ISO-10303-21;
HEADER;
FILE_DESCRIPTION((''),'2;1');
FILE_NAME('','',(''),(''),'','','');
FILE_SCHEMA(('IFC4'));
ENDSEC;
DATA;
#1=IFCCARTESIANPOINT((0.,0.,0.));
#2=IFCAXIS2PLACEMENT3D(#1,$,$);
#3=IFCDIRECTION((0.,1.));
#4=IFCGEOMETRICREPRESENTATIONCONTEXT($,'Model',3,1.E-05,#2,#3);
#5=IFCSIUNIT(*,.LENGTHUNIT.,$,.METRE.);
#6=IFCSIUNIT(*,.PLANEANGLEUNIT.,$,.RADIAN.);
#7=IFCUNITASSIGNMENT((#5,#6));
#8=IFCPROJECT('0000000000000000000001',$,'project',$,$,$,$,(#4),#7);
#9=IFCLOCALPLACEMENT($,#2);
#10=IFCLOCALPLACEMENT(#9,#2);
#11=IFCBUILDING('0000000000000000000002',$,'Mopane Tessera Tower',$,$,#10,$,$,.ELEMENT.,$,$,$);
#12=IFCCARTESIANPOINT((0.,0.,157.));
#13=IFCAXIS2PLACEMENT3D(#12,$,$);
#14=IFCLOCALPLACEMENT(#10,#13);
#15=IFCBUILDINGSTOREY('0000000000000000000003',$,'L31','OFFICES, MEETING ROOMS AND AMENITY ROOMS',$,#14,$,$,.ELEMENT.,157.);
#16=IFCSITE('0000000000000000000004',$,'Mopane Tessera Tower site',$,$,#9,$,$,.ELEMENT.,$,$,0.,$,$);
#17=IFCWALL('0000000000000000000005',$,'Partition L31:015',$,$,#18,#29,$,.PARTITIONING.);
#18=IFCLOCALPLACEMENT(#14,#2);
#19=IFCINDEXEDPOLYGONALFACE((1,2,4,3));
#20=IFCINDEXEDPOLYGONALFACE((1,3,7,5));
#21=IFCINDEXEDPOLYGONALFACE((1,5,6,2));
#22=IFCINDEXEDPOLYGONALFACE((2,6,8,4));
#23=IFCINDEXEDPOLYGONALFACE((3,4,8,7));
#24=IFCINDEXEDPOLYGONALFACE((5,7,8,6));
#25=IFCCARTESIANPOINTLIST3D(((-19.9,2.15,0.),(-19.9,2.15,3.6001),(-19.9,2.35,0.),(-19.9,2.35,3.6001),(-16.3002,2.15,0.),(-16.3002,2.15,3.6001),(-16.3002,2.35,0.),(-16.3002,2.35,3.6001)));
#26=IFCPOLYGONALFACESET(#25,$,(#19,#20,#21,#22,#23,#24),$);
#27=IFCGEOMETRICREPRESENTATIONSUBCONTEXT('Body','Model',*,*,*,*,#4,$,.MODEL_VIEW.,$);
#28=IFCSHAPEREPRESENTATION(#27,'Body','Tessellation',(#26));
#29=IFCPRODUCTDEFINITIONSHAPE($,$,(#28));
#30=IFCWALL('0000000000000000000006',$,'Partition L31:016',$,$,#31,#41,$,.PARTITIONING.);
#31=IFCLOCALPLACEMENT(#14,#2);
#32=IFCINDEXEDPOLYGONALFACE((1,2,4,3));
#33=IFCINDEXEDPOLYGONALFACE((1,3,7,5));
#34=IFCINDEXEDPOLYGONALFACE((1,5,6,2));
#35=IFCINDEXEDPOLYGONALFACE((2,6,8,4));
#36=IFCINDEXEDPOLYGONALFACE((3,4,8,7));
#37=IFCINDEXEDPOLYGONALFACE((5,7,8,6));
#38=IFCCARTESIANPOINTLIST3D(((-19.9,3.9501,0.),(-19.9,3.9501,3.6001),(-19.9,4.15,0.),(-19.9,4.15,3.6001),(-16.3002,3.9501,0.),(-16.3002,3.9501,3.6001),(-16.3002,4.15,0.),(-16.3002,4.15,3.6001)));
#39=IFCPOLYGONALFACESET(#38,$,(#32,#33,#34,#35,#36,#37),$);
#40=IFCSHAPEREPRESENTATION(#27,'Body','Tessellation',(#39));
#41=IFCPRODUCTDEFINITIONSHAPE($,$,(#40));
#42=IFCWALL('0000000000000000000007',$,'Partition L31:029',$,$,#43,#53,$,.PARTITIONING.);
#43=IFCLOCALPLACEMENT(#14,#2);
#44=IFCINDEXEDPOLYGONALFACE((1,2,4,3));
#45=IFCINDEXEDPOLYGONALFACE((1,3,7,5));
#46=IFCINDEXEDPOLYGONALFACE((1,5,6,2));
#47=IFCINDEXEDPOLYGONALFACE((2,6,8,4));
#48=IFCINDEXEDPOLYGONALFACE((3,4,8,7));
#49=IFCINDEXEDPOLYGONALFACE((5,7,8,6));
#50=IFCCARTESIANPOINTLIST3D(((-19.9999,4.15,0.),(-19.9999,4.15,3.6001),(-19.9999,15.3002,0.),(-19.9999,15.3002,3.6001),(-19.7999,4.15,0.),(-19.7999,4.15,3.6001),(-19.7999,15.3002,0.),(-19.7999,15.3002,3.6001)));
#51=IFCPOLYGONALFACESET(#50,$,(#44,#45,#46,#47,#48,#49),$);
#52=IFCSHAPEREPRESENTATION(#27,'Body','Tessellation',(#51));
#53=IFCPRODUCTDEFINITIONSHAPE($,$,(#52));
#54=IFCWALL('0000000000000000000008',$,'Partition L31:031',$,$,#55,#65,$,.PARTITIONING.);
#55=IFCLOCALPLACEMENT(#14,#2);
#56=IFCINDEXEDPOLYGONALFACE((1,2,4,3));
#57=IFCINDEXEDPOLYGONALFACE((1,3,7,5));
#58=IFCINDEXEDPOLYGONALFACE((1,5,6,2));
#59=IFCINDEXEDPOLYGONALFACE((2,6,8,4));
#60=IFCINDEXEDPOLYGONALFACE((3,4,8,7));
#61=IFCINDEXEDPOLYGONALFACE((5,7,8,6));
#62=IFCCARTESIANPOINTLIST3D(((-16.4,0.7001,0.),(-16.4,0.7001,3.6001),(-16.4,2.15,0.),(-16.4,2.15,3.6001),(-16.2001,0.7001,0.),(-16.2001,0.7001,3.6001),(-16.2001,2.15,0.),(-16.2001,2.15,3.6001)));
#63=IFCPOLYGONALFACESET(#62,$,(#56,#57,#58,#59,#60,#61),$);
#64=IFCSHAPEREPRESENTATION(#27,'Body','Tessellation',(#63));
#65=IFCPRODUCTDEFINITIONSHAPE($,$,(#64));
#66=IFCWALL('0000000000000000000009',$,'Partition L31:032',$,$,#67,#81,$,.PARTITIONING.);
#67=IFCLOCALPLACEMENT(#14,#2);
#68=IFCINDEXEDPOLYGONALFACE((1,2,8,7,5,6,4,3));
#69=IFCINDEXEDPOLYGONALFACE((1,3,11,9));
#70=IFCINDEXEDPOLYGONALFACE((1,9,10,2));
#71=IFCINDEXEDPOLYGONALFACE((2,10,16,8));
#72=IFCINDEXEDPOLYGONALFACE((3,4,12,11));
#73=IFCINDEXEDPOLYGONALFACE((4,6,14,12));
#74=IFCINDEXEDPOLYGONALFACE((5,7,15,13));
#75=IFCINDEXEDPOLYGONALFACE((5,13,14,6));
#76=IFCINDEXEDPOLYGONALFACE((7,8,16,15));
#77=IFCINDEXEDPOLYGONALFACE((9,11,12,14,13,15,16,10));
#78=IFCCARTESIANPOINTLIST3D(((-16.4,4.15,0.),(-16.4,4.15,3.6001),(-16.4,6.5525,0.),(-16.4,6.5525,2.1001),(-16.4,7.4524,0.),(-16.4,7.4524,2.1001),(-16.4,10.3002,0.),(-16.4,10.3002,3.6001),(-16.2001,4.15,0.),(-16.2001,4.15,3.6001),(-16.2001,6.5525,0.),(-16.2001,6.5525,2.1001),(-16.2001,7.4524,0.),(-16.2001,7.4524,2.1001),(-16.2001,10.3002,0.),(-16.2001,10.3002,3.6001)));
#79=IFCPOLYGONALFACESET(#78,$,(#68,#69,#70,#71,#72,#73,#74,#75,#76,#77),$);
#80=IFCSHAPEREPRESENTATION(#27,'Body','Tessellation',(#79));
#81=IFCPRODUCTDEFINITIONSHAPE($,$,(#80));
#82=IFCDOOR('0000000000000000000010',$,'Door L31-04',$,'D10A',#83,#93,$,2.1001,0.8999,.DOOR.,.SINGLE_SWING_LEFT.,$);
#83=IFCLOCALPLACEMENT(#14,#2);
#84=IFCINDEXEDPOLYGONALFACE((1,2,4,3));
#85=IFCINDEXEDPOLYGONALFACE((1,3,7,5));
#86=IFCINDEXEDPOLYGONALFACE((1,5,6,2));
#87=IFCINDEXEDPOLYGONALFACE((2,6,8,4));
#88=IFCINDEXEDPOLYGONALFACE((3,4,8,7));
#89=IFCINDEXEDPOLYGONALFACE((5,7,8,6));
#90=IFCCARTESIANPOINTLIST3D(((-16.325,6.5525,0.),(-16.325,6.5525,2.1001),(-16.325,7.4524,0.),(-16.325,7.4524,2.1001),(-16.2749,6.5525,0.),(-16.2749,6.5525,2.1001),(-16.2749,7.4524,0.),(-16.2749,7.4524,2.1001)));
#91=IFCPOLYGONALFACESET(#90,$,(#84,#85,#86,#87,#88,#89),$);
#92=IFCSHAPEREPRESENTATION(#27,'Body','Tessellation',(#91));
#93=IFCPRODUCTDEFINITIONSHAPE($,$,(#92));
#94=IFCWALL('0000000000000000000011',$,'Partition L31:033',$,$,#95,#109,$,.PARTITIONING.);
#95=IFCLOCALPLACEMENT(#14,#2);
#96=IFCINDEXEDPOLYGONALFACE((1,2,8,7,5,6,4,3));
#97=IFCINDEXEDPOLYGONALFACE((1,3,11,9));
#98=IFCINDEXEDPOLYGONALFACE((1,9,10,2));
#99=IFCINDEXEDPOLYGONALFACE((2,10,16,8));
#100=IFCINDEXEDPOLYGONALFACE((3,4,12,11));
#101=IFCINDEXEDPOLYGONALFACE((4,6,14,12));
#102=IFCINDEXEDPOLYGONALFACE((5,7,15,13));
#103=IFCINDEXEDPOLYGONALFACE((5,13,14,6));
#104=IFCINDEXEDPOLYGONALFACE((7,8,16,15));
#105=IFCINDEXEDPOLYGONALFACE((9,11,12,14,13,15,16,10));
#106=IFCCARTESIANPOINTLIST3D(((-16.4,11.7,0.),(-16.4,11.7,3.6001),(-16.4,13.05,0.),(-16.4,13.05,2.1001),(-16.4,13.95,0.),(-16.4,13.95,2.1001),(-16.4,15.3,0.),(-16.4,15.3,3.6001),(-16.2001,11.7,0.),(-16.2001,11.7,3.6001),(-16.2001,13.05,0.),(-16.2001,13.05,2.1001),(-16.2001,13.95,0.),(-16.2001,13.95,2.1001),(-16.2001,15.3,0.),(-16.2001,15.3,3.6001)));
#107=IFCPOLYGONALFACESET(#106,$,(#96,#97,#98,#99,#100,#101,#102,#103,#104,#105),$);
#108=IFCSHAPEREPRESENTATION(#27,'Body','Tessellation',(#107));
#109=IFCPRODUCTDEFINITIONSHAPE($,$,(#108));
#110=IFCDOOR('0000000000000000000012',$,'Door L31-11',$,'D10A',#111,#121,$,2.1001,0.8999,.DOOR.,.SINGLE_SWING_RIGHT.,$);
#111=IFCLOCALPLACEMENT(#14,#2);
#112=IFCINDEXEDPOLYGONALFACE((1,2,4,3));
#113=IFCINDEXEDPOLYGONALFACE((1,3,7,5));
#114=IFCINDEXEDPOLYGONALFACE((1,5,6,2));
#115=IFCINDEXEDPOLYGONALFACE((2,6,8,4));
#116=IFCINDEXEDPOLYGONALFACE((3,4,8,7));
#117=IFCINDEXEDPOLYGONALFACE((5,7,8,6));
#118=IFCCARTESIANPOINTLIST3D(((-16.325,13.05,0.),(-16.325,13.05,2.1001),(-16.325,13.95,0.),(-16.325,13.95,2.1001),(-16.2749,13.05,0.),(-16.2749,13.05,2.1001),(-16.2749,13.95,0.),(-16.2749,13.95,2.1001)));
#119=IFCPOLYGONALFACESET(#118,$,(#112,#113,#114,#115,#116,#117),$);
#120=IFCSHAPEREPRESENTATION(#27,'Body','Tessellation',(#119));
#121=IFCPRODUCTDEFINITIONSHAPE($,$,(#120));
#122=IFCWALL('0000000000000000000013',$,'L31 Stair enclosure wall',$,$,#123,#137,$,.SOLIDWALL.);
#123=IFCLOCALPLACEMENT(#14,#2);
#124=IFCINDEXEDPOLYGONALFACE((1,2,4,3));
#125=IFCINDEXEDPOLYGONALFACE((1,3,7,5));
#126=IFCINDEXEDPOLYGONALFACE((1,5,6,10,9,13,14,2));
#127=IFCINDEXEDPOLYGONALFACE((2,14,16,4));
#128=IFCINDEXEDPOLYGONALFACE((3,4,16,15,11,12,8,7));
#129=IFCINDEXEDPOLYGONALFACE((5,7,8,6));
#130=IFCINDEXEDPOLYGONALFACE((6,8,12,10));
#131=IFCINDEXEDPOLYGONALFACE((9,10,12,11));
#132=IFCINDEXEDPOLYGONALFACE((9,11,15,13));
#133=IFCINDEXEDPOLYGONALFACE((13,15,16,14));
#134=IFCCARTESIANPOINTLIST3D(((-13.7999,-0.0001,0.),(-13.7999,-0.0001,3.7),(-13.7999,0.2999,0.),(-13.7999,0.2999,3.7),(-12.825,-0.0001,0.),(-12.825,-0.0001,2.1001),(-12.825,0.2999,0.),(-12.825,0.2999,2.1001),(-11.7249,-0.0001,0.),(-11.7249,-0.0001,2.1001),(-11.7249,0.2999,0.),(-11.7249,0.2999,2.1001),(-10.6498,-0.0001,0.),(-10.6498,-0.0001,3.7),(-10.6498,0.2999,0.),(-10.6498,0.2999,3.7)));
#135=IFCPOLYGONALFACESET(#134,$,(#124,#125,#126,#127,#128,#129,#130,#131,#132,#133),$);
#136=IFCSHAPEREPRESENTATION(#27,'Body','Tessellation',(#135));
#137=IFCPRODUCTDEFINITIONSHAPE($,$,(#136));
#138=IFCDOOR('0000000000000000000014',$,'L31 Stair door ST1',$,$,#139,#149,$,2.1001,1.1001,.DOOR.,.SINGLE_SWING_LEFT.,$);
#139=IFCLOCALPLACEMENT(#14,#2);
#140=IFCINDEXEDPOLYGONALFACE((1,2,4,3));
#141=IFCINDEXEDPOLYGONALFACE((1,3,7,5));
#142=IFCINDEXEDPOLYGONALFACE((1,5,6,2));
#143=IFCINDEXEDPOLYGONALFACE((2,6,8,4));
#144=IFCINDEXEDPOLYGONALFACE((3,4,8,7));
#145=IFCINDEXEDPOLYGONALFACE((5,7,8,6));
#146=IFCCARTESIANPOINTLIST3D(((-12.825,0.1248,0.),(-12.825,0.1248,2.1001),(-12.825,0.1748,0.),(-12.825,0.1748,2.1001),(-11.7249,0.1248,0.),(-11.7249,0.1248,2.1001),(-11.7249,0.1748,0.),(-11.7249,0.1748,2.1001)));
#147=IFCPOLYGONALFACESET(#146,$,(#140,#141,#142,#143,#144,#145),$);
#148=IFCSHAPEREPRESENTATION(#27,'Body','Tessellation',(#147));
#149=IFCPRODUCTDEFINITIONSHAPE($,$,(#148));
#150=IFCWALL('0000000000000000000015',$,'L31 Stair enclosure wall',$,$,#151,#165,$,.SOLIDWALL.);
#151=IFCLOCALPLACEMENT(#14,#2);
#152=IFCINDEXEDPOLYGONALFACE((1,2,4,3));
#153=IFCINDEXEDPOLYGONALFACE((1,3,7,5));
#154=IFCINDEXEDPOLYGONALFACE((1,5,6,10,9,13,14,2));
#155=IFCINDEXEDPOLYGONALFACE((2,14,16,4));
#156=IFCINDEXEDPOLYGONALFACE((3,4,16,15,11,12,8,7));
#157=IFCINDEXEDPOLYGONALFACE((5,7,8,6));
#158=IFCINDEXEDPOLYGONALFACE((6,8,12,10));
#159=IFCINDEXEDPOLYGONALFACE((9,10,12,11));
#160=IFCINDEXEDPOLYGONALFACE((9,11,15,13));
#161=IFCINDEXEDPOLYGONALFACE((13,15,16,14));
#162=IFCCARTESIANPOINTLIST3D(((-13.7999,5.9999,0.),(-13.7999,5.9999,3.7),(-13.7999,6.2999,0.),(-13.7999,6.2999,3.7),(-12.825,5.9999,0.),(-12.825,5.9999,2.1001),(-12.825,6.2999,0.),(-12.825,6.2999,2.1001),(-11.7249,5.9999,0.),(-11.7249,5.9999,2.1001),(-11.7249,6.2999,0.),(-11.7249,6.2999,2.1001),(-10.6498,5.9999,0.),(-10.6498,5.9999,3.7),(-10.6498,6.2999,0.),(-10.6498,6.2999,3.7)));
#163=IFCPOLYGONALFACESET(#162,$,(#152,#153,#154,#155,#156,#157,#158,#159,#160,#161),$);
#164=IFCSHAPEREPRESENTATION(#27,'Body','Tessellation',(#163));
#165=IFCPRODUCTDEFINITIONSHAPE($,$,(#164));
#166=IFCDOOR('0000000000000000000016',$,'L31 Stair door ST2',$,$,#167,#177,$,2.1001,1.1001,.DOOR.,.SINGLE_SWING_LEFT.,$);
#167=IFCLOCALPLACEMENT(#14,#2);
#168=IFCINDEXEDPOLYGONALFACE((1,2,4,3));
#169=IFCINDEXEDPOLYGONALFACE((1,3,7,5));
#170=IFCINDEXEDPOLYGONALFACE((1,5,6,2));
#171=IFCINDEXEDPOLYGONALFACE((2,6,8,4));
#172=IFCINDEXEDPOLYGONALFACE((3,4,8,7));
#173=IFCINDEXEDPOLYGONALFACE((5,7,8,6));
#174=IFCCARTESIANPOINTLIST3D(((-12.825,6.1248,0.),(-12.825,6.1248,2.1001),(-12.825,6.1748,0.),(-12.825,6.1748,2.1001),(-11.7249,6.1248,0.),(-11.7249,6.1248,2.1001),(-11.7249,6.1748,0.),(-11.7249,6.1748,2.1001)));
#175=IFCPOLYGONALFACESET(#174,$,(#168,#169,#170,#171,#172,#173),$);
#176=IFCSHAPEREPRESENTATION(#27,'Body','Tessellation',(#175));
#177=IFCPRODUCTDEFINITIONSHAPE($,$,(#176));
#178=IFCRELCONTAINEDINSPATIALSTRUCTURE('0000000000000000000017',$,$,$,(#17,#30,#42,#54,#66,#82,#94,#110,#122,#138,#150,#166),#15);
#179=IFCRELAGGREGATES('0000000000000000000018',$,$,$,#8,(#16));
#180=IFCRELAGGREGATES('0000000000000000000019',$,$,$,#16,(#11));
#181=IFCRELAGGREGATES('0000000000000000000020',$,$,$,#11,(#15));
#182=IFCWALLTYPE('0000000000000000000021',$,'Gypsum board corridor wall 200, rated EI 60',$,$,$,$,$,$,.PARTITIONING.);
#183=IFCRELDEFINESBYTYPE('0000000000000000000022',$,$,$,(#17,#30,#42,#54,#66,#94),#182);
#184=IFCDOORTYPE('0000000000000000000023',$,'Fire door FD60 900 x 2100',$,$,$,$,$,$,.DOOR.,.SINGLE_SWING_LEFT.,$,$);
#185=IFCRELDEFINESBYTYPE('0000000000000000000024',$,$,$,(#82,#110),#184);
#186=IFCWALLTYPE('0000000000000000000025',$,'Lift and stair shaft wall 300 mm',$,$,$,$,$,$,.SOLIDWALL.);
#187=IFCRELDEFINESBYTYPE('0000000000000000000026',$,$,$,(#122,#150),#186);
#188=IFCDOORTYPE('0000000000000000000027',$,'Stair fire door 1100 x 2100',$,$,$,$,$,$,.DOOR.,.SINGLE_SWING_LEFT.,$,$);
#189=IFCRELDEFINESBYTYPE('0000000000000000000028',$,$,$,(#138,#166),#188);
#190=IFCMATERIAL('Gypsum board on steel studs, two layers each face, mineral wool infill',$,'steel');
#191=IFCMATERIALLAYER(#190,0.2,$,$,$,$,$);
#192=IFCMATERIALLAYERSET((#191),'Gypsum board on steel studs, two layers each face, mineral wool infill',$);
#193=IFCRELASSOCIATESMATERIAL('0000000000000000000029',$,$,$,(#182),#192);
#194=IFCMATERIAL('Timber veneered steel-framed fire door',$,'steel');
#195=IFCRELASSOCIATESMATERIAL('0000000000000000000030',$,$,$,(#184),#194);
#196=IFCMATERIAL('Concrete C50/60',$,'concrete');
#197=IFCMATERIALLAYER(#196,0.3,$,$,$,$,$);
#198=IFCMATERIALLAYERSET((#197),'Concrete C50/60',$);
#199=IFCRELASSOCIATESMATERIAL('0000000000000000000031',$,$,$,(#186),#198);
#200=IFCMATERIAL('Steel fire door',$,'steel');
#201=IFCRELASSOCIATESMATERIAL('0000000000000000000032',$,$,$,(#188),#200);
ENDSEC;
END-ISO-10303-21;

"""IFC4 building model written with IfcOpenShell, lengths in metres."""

from ifc_helpers import new_model, si_unit, direction, frame, frame_2d, origin, place, context, subcontext, project, spatial, rectangle, extrude, material, layer, layer_set, type_object, element, fill, save


model = new_model("IFC4")

# Units and contexts
model_context = context("Model", 3, precision=1e-05, world=origin(), true_north=direction((0.0, 1.0)))
body_context = subcontext(model_context, "Body", "Model", "MODEL_VIEW")
ifc_project = project(units=[si_unit("LENGTHUNIT", "METRE"), si_unit("PLANEANGLEUNIT", "RADIAN")], contexts=[model_context])

# Site, building, storey
site_placement = place(None, origin())
site = spatial("IfcSite", under=ifc_project, at=site_placement, Name="Mopane Tessera Tower site", CompositionType="ELEMENT", RefElevation=0.0)
building_placement = place(site_placement, origin())
building = spatial("IfcBuilding", under=site, at=building_placement, Name="Mopane Tessera Tower", CompositionType="ELEMENT")
storey_placement = place(building_placement, frame((0.0, 0.0, 157.0)))
storey = spatial("IfcBuildingStorey", under=building, at=storey_placement, Name="L31", Description="OFFICES, MEETING ROOMS AND AMENITY ROOMS", CompositionType="ELEMENT", Elevation=157.0)

# Walls
ifc_material_1 = material(Name="Gypsum board on steel studs, two layers each face, mineral wool infill", Category="steel")
ifc_layer_1 = layer(ifc_material_1, 0.2)
ifc_layer_set_1 = layer_set([ifc_layer_1], Name="Gypsum board on steel studs, two layers each face, mineral wool infill")
wall_type_1 = type_object("IfcWallType", Name="Gypsum board corridor wall 200, rated EI 60", PredefinedType="PARTITIONING", material=ifc_layer_set_1)
for number, where, z_axis, x_axis, name in (
    (1, (-19.8999, 2.25, 0.0), (0.0, 0.0, 1.0), (1.0, 0.0, 0.0), "Partition L31:015"),
    (2, (-19.8999, 4.05, 0.0), (0.0, 0.0, 1.0), (1.0, 0.0, 0.0), "Partition L31:016"),
):
    element("IfcWall", number, at=place(storey_placement, frame(where, z_axis=z_axis, x_axis=x_axis)), inside=storey, type_object=wall_type_1, Name=name, PredefinedType="PARTITIONING", context=body_context, shape_type="SweptSolid", body=[
        extrude(rectangle(XDim=3.5999, YDim=0.2, at=frame_2d((1.7998, 0.0))), origin(), (0.0, 0.0, 1.0), 3.6001),
    ])
wall_1_placement = place(storey_placement, frame((-19.8999, 4.1499, 0.0), z_axis=(0.0, 0.0, 1.0), x_axis=(0.0, 1.0, 0.0)))
element("IfcWall", 3, at=wall_1_placement, inside=storey, type_object=wall_type_1, Name="Partition L31:029", PredefinedType="PARTITIONING", context=body_context, shape_type="SweptSolid", body=[
    extrude(rectangle(XDim=11.1501, YDim=0.2, at=frame_2d((5.5752, 0.0))), origin(), (0.0, 0.0, 1.0), 3.6001),
])
wall_2_placement = place(storey_placement, frame((-16.3, 0.7, 0.0), z_axis=(0.0, 0.0, 1.0), x_axis=(0.0, 1.0, 0.0)))
element("IfcWall", 4, at=wall_2_placement, inside=storey, type_object=wall_type_1, Name="Partition L31:031", PredefinedType="PARTITIONING", context=body_context, shape_type="SweptSolid", body=[
    extrude(rectangle(XDim=1.45, YDim=0.2, at=frame_2d((0.7251, 0.0))), origin(), (0.0, 0.0, 1.0), 3.6001),
])

# Walls, openings, doors
wall_3_placement = place(storey_placement, frame((-16.3, 4.1499, 0.0), z_axis=(0.0, 0.0, 1.0), x_axis=(0.0, 1.0, 0.0)))
wall_3 = element("IfcWall", 5, at=wall_3_placement, inside=storey, type_object=wall_type_1, Name="Partition L31:032", PredefinedType="PARTITIONING", context=body_context, shape_type="SweptSolid", body=[
    extrude(rectangle(XDim=6.1501, YDim=0.2, at=frame_2d((3.0752, 0.0))), origin(), (0.0, 0.0, 1.0), 3.6001),
])
opening_1_placement = place(wall_3_placement, frame((2.4026, 0.0, 0.0)))
opening_1 = element("IfcOpeningElement", 6, at=opening_1_placement, cuts=wall_3, PredefinedType="OPENING", context=body_context, shape_type="SweptSolid", body=[
    extrude(rectangle(XDim=0.8999, YDim=2.1001, at=frame_2d((0.45, 1.05))), frame((0.0, 0.1121, 0.0), z_axis=(0.0, -1.0, 0.0), x_axis=(1.0, 0.0, 0.0)), (0.0, 0.0, 1.0), 0.2239),
])
ifc_material_2 = material(Name="Timber veneered steel-framed fire door", Category="steel")
door_type_1 = type_object("IfcDoorType", Name="Fire door FD60 900 x 2100", OperationType="SINGLE_SWING_LEFT", PredefinedType="DOOR", material=ifc_material_2)
door_1_placement = place(opening_1_placement, origin())
door_1 = element("IfcDoor", 7, at=door_1_placement, inside=storey, type_object=door_type_1, Name="Door L31-04", ObjectType="D10A", OperationType="SINGLE_SWING_LEFT", OverallHeight=2.1001, OverallWidth=0.8999, PredefinedType="DOOR", context=body_context, shape_type="SweptSolid", body=[
    extrude(rectangle(XDim=0.8999, YDim=2.1001, at=frame_2d((0.45, 1.05))), frame((0.0, 0.0249, 0.0), z_axis=(0.0, -1.0, 0.0), x_axis=(1.0, 0.0, 0.0)), (0.0, 0.0, 1.0), 0.05),
])
fill(opening_1, door_1)
wall_4_placement = place(storey_placement, frame((-16.3, 11.7, 0.0), z_axis=(0.0, 0.0, 1.0), x_axis=(0.0, 1.0, 0.0)))
wall_4 = element("IfcWall", 8, at=wall_4_placement, inside=storey, type_object=wall_type_1, Name="Partition L31:033", PredefinedType="PARTITIONING", context=body_context, shape_type="SweptSolid", body=[
    extrude(rectangle(XDim=3.6001, YDim=0.2, at=frame_2d((1.8, 0.0))), origin(), (0.0, 0.0, 1.0), 3.6001),
])
opening_2_placement = place(wall_4_placement, frame((1.3501, 0.0, 0.0)))
opening_2 = element("IfcOpeningElement", 9, at=opening_2_placement, cuts=wall_4, PredefinedType="OPENING", context=body_context, shape_type="SweptSolid", body=[
    extrude(rectangle(XDim=0.8999, YDim=2.1001, at=frame_2d((0.45, 1.05))), frame((0.0, 0.1121, 0.0), z_axis=(0.0, -1.0, 0.0), x_axis=(1.0, 0.0, 0.0)), (0.0, 0.0, 1.0), 0.2239),
])
door_2_placement = place(opening_2_placement, origin())
door_2 = element("IfcDoor", 10, at=door_2_placement, inside=storey, type_object=door_type_1, Name="Door L31-11", ObjectType="D10A", OperationType="SINGLE_SWING_RIGHT", OverallHeight=2.1001, OverallWidth=0.8999, PredefinedType="DOOR", context=body_context, shape_type="SweptSolid", body=[
    extrude(rectangle(XDim=0.8999, YDim=2.1001, at=frame_2d((0.45, 1.05))), frame((0.0, 0.0249, 0.0), z_axis=(0.0, -1.0, 0.0), x_axis=(1.0, 0.0, 0.0)), (0.0, 0.0, 1.0), 0.05),
])
fill(opening_2, door_2)
ifc_material_3 = material(Name="Concrete C50/60", Category="concrete")
ifc_layer_2 = layer(ifc_material_3, 0.3)
ifc_layer_set_2 = layer_set([ifc_layer_2], Name="Concrete C50/60")
wall_type_2 = type_object("IfcWallType", Name="Lift and stair shaft wall 300 mm", PredefinedType="SOLIDWALL", material=ifc_layer_set_2)
wall_5_placement = place(storey_placement, frame((-13.8, 0.1499, 0.0), z_axis=(0.0, 0.0, 1.0), x_axis=(1.0, 0.0, 0.0)))
wall_5 = element("IfcWall", 11, at=wall_5_placement, inside=storey, type_object=wall_type_2, Name="L31 Stair enclosure wall", PredefinedType="SOLIDWALL", context=body_context, shape_type="SweptSolid", body=[
    extrude(rectangle(XDim=3.1501, YDim=0.3, at=frame_2d((1.5752, 0.0))), origin(), (0.0, 0.0, 1.0), 3.7),
])
opening_3_placement = place(wall_5_placement, frame((0.9751, 0.0, 0.0)))
opening_3 = element("IfcOpeningElement", 12, at=opening_3_placement, cuts=wall_5, PredefinedType="OPENING", context=body_context, shape_type="SweptSolid", body=[
    extrude(rectangle(XDim=1.1001, YDim=2.1001, at=frame_2d((0.55, 1.05))), frame((0.0, 0.1621, 0.0), z_axis=(0.0, -1.0, 0.0), x_axis=(1.0, 0.0, 0.0)), (0.0, 0.0, 1.0), 0.324),
])
ifc_material_4 = material(Name="Steel fire door", Category="steel")
door_type_2 = type_object("IfcDoorType", Name="Stair fire door 1100 x 2100", OperationType="SINGLE_SWING_LEFT", PredefinedType="DOOR", material=ifc_material_4)
door_3_placement = place(opening_3_placement, origin())
door_3 = element("IfcDoor", 13, at=door_3_placement, inside=storey, type_object=door_type_2, Name="L31 Stair door ST1", OperationType="SINGLE_SWING_LEFT", OverallHeight=2.1001, OverallWidth=1.1001, PredefinedType="DOOR", context=body_context, shape_type="SweptSolid", body=[
    extrude(rectangle(XDim=1.1001, YDim=2.1001, at=frame_2d((0.55, 1.05))), frame((0.0, 0.0249, 0.0), z_axis=(0.0, -1.0, 0.0), x_axis=(1.0, 0.0, 0.0)), (0.0, 0.0, 1.0), 0.05),
])
fill(opening_3, door_3)
wall_6_placement = place(storey_placement, frame((-13.8, 6.1499, 0.0), z_axis=(0.0, 0.0, 1.0), x_axis=(1.0, 0.0, 0.0)))
wall_6 = element("IfcWall", 14, at=wall_6_placement, inside=storey, type_object=wall_type_2, Name="L31 Stair enclosure wall", PredefinedType="SOLIDWALL", context=body_context, shape_type="SweptSolid", body=[
    extrude(rectangle(XDim=3.1501, YDim=0.3, at=frame_2d((1.5752, 0.0))), origin(), (0.0, 0.0, 1.0), 3.7),
])
opening_4_placement = place(wall_6_placement, frame((0.9751, 0.0, 0.0)))
opening_4 = element("IfcOpeningElement", 15, at=opening_4_placement, cuts=wall_6, PredefinedType="OPENING", context=body_context, shape_type="SweptSolid", body=[
    extrude(rectangle(XDim=1.1001, YDim=2.1001, at=frame_2d((0.55, 1.05))), frame((0.0, 0.1621, 0.0), z_axis=(0.0, -1.0, 0.0), x_axis=(1.0, 0.0, 0.0)), (0.0, 0.0, 1.0), 0.324),
])
door_4_placement = place(opening_4_placement, origin())
door_4 = element("IfcDoor", 16, at=door_4_placement, inside=storey, type_object=door_type_2, Name="L31 Stair door ST2", OperationType="SINGLE_SWING_LEFT", OverallHeight=2.1001, OverallWidth=1.1001, PredefinedType="DOOR", context=body_context, shape_type="SweptSolid", body=[
    extrude(rectangle(XDim=1.1001, YDim=2.1001, at=frame_2d((0.55, 1.05))), frame((0.0, 0.0249, 0.0), z_axis=(0.0, -1.0, 0.0), x_axis=(1.0, 0.0, 0.0)), (0.0, 0.0, 1.0), 0.05),
])
fill(opening_4, door_4)

save(model, "model.ifc")
